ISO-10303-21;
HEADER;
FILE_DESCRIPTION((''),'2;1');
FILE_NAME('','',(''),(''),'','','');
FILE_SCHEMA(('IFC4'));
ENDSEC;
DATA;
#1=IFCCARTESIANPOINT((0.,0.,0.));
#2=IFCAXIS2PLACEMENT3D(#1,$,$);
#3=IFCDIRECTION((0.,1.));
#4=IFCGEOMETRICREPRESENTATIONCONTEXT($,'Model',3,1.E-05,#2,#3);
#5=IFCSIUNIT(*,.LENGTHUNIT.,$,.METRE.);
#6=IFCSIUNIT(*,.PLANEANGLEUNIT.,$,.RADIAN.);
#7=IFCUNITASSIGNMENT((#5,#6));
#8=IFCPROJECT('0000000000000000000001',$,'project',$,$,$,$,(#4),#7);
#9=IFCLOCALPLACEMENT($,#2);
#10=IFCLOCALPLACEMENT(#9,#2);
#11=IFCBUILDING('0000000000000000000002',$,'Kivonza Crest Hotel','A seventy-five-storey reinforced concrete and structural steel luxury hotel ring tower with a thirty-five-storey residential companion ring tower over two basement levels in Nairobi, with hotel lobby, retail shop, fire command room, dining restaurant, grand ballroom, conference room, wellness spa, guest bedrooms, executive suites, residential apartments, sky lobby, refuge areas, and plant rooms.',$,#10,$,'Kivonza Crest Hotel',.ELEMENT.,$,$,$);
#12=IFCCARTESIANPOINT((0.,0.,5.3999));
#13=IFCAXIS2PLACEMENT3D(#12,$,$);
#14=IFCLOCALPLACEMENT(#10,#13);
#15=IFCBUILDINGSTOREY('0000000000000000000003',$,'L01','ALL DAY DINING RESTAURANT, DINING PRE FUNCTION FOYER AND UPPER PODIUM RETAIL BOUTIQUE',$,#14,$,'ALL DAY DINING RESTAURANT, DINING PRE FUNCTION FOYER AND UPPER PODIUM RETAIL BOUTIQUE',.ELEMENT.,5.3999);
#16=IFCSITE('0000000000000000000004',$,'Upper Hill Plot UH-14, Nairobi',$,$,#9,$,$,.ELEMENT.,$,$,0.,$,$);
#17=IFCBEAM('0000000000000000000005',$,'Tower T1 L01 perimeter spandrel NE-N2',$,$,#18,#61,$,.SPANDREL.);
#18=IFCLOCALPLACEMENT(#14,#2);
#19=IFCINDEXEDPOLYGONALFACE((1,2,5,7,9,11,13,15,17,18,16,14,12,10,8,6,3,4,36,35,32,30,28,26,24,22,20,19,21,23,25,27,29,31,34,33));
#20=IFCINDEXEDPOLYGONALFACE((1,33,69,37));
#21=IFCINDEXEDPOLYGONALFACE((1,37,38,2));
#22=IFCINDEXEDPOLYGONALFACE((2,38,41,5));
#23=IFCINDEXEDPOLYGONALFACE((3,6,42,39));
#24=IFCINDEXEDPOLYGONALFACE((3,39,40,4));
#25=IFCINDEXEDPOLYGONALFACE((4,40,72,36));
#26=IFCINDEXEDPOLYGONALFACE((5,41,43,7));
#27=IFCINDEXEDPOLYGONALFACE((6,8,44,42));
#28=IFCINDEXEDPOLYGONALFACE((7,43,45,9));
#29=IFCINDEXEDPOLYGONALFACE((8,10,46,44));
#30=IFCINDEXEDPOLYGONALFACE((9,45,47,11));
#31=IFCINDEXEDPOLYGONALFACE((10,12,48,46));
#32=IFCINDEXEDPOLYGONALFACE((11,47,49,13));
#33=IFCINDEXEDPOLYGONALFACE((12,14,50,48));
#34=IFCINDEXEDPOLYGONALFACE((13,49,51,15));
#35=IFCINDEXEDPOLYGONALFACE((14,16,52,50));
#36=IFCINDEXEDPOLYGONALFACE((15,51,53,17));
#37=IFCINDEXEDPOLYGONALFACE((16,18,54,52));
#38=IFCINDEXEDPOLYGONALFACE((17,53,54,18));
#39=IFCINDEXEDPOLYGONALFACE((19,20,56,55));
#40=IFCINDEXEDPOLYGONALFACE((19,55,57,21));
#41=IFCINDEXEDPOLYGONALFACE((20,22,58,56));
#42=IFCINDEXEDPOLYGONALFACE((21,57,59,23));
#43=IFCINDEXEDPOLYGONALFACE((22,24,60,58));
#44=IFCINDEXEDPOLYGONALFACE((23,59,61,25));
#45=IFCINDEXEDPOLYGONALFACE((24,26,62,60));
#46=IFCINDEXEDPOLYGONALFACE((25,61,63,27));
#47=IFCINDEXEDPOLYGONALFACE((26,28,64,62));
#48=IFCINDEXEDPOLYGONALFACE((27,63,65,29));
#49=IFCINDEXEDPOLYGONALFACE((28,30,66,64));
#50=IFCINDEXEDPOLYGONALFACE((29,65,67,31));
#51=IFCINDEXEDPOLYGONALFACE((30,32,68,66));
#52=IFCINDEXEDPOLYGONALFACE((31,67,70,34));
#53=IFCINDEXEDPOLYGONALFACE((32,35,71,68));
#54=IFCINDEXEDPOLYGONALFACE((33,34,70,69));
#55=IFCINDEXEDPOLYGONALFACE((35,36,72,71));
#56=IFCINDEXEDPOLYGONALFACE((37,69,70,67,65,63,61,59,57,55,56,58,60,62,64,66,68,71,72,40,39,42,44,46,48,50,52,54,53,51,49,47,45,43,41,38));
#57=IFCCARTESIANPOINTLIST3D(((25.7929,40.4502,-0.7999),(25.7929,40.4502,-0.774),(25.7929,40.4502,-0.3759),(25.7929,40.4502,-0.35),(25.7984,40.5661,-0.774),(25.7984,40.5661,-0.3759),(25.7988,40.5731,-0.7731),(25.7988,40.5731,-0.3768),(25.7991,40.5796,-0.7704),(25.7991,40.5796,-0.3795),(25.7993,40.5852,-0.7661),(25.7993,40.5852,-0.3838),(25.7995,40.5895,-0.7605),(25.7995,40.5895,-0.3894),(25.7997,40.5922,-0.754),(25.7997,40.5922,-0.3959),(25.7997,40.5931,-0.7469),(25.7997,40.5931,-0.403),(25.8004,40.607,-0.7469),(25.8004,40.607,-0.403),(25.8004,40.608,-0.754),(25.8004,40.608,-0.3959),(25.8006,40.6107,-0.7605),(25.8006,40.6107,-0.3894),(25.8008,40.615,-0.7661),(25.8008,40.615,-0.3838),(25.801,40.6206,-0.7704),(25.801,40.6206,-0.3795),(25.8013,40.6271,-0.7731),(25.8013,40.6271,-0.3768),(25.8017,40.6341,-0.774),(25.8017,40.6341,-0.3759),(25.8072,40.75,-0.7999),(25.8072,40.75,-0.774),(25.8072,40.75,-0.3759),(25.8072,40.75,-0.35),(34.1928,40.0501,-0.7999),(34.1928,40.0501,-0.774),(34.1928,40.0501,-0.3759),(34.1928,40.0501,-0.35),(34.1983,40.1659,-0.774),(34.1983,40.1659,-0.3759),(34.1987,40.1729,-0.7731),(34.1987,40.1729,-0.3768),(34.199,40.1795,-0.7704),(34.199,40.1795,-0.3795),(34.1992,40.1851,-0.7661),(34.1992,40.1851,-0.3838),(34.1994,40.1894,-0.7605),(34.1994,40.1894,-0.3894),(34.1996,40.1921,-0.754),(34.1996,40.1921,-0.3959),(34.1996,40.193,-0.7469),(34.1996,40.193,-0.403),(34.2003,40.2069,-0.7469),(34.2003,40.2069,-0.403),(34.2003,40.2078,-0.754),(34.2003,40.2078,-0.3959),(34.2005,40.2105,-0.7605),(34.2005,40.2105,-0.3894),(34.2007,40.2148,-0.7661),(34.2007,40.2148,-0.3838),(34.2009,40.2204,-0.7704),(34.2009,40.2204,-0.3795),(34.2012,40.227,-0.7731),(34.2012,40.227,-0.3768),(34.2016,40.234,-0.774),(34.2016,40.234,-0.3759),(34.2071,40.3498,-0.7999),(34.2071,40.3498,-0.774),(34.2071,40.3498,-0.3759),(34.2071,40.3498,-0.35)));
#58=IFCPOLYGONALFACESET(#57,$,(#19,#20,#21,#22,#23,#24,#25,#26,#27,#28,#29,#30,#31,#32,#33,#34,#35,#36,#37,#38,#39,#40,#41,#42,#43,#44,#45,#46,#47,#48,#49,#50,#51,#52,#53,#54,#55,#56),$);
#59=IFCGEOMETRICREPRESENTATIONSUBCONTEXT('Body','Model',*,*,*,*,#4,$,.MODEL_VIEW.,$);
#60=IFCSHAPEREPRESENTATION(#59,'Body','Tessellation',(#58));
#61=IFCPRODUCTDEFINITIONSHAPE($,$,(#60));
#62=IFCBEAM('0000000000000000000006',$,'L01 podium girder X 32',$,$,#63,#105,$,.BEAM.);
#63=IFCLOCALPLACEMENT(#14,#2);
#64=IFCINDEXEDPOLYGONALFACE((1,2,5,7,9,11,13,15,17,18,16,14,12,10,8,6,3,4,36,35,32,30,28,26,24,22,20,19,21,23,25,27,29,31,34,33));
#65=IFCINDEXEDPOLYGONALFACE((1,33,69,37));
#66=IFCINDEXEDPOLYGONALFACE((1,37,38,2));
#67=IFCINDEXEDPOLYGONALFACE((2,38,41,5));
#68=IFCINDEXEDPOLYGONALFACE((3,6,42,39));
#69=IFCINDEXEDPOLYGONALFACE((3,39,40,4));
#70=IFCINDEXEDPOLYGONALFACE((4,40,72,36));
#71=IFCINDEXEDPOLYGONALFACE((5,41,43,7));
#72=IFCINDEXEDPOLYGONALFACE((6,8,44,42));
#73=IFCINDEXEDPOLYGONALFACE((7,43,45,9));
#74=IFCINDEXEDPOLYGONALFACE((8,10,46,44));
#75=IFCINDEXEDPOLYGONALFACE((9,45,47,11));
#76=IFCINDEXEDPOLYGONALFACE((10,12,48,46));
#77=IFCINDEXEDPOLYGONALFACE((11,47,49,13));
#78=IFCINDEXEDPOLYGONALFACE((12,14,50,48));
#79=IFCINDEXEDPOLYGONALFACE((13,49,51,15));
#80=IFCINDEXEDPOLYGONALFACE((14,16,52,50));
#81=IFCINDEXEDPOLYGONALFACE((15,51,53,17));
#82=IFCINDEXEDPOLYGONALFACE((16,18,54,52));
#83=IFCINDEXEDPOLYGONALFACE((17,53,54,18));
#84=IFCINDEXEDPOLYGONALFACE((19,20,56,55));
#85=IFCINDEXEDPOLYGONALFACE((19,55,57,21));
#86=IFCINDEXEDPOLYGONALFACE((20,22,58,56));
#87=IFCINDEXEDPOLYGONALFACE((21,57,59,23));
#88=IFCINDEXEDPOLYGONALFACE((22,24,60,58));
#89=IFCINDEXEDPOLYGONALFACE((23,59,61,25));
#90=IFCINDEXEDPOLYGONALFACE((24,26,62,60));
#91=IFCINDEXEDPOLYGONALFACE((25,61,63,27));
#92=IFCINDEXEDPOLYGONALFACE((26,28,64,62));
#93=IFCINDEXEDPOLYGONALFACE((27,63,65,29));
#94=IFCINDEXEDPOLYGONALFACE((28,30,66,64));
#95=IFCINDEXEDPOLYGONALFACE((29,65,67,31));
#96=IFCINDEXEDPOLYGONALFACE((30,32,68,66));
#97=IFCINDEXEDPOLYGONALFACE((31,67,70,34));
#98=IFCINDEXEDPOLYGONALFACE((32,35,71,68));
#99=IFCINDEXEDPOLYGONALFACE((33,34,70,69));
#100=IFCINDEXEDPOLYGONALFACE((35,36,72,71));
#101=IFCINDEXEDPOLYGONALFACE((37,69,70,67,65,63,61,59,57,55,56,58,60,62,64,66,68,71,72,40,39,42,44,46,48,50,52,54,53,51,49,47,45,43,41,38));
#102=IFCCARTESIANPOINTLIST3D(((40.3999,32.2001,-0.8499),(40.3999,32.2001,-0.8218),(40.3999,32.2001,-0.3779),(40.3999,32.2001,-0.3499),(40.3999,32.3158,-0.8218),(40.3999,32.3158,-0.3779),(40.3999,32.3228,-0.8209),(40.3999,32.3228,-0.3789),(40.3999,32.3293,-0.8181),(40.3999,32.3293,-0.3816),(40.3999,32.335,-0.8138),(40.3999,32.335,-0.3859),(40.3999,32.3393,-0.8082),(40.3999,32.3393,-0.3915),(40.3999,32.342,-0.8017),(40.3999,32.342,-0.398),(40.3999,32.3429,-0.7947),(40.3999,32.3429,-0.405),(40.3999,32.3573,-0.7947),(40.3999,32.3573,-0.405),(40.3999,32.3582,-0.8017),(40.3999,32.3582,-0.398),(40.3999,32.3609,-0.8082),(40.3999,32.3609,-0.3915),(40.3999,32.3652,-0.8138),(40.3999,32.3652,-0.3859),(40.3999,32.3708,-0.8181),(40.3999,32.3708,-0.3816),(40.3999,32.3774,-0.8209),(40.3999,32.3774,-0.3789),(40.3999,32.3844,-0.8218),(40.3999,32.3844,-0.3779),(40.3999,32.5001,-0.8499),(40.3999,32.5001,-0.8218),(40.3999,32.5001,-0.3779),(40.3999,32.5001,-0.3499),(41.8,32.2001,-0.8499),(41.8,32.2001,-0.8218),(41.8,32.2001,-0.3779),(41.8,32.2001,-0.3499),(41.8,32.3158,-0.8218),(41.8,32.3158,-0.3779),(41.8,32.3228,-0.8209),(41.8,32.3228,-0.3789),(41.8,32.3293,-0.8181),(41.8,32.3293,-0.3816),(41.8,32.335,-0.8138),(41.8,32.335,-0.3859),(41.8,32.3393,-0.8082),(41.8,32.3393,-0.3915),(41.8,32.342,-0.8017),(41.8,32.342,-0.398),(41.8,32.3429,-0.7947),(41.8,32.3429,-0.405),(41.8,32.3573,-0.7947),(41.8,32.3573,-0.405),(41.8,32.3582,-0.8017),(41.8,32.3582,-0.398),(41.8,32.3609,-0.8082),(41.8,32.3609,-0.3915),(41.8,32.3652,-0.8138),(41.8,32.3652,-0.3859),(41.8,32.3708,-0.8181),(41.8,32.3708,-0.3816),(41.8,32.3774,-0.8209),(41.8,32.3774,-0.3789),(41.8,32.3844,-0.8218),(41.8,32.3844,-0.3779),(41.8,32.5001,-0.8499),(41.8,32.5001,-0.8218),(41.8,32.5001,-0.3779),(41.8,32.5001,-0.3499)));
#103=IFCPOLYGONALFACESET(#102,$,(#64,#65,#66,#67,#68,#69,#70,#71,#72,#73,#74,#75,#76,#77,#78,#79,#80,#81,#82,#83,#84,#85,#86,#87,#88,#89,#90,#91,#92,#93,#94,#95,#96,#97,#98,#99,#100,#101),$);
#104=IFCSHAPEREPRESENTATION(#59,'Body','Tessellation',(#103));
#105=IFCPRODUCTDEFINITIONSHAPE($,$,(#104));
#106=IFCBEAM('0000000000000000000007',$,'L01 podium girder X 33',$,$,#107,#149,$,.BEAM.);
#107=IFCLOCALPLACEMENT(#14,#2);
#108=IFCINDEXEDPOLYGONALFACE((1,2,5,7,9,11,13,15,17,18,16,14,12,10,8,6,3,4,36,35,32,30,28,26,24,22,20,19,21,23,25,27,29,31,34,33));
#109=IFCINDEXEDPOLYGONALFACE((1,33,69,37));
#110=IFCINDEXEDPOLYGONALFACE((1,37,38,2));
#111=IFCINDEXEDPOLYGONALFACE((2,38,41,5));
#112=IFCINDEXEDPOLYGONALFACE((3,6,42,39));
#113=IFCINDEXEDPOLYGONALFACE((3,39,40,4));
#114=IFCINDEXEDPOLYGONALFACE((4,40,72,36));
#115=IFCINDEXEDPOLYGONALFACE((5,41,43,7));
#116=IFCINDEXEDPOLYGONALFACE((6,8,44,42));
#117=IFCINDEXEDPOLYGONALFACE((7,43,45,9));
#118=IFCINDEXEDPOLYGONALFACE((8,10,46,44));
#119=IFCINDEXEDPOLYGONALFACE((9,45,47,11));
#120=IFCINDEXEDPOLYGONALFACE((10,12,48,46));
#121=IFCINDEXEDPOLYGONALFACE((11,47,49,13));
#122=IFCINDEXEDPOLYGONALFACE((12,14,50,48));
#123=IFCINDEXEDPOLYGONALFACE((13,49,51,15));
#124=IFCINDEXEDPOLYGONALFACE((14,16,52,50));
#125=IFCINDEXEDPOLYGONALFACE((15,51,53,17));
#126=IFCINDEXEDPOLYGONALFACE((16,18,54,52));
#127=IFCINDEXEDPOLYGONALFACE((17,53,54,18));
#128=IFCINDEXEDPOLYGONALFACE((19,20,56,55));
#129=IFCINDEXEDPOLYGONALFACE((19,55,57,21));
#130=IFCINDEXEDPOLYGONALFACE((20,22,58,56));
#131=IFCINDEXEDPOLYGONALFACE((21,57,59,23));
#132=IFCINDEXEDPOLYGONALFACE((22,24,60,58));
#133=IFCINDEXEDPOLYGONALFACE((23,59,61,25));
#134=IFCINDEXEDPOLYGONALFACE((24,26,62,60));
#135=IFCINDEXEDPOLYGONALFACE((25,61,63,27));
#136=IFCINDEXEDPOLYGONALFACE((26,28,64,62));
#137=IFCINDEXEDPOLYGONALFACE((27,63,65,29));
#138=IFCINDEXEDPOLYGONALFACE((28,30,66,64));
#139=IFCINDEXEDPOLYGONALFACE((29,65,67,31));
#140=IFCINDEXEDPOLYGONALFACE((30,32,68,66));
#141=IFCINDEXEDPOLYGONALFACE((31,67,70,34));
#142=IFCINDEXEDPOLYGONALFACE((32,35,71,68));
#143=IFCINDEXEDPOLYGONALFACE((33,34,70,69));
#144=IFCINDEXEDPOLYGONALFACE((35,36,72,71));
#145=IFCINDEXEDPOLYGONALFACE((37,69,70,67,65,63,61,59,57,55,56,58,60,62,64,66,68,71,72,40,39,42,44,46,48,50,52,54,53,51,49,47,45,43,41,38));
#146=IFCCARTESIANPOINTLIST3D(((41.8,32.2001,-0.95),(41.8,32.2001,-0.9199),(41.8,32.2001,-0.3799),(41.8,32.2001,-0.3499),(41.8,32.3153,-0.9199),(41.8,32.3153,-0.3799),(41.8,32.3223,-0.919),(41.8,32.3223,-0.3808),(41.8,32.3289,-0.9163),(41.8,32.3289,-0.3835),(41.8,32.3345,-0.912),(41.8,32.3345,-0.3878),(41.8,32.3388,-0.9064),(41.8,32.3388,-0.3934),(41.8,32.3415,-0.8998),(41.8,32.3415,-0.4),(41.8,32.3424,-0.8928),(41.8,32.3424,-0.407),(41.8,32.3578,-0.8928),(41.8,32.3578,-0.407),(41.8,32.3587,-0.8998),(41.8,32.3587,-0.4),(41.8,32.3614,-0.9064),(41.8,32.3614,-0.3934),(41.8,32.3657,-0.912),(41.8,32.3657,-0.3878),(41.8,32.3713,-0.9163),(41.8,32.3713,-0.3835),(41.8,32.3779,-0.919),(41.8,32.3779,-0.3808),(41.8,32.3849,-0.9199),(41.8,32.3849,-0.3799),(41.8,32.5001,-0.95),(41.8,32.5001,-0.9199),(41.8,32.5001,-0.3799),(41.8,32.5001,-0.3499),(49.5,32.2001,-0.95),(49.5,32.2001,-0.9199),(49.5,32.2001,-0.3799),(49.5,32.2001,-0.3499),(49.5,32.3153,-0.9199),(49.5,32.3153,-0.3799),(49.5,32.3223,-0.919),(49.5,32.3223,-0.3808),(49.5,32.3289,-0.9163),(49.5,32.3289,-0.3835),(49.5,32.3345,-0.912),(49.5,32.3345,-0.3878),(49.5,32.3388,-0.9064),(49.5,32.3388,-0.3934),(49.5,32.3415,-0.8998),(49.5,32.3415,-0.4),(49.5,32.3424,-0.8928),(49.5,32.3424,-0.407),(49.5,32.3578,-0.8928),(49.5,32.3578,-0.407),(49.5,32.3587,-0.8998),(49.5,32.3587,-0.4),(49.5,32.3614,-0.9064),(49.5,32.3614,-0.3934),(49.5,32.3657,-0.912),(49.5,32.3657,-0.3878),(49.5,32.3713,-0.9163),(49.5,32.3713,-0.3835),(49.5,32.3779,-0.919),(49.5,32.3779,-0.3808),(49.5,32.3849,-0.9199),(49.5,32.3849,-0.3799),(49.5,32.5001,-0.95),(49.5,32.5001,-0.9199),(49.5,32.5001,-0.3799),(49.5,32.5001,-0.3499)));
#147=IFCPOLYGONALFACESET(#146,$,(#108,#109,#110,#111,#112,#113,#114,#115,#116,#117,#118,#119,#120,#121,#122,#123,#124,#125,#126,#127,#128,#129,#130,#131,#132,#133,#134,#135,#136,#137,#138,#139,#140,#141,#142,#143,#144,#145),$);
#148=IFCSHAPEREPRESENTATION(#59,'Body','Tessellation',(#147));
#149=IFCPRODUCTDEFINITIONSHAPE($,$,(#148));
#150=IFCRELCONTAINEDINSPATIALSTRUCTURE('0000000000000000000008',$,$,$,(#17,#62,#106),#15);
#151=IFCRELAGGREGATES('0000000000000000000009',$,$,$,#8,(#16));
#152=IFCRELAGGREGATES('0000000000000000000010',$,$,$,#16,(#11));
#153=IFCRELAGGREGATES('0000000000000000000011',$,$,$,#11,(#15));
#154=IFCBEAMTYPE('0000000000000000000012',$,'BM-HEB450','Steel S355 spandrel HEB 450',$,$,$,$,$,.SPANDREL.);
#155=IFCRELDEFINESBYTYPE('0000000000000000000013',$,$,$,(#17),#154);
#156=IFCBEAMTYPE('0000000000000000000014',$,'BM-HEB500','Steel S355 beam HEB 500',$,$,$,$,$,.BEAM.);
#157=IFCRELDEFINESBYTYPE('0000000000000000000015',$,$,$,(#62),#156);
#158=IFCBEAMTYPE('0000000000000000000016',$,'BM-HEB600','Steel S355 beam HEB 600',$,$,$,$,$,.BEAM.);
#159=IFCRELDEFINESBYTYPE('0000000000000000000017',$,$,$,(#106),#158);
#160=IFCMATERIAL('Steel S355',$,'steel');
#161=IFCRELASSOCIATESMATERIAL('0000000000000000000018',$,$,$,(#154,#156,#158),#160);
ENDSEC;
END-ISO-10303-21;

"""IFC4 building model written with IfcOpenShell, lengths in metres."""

from ifc_helpers import new_model, si_unit, direction, frame, origin, origin_2d, place, context, subcontext, project, spatial, i_section, extrude, material, material_profile, profile_set, type_object, element, save


model = new_model("IFC4")

# Units and contexts
model_context = context("Model", 3, precision=1e-05, world=origin(), true_north=direction((0.0, 1.0)))
body_context = subcontext(model_context, "Body", "Model", "MODEL_VIEW")
ifc_project = project(units=[si_unit("LENGTHUNIT", "METRE"), si_unit("PLANEANGLEUNIT", "RADIAN")], contexts=[model_context])

# Site, building, storey
site_placement = place(None, origin())
site = spatial("IfcSite", under=ifc_project, at=site_placement, Name="Upper Hill Plot UH-14, Nairobi", CompositionType="ELEMENT", RefElevation=0.0)
building_placement = place(site_placement, origin())
building = spatial("IfcBuilding", under=site, at=building_placement, Name="Kivonza Crest Hotel", Description="A seventy-five-storey reinforced concrete and structural steel luxury hotel ring tower with a thirty-five-storey residential companion ring tower over two basement levels in Nairobi, with hotel lobby, retail shop, fire command room, dining restaurant, grand ballroom, conference room, wellness spa, guest bedrooms, executive suites, residential apartments, sky lobby, refuge areas, and plant rooms.", LongName="Kivonza Crest Hotel", CompositionType="ELEMENT")
storey_placement = place(building_placement, frame((0.0, 0.0, 5.3999)))
storey = spatial("IfcBuildingStorey", under=building, at=storey_placement, Name="L01", Description="ALL DAY DINING RESTAURANT, DINING PRE FUNCTION FOYER AND UPPER PODIUM RETAIL BOUTIQUE", LongName="ALL DAY DINING RESTAURANT, DINING PRE FUNCTION FOYER AND UPPER PODIUM RETAIL BOUTIQUE", CompositionType="ELEMENT", Elevation=5.3999)

# Beams
ifc_material_1 = material(Name="Steel S355", Category="steel")
ifc_material_profile_1 = material_profile(ifc_material_1, i_section(OverallWidth=0.3, OverallDepth=0.45, WebThickness=0.0139, FlangeThickness=0.0259, FilletRadius=0.0271, at=origin_2d()), Name="HEB 450")
ifc_profile_set_1 = profile_set([ifc_material_profile_1], Name="Steel S355")
beam_type_1 = type_object("IfcBeamType", Name="BM-HEB450", Description="Steel S355 spandrel HEB 450", PredefinedType="SPANDREL", material=ifc_profile_set_1)
beam_1_placement = place(storey_placement, frame((34.2, 40.2, -0.575), z_axis=(-0.998867, 0.047583, 0.0), x_axis=(-0.047583, -0.998867, 0.0)))
element("IfcBeam", 1, at=beam_1_placement, inside=storey, type_object=beam_type_1, Name="Tower T1 L01 perimeter spandrel NE-N2", PredefinedType="SPANDREL", context=body_context, shape_type="SweptSolid", body=[
    extrude(i_section(OverallWidth=0.3, OverallDepth=0.45, WebThickness=0.0139, FlangeThickness=0.0259, FilletRadius=0.0271, at=origin_2d()), origin(), (0.0, 0.0, 1.0), 8.4094),
])
ifc_material_profile_2 = material_profile(ifc_material_1, i_section(OverallWidth=0.3, OverallDepth=0.5, WebThickness=0.0144, FlangeThickness=0.0281, FilletRadius=0.0271, at=origin_2d()), Name="HEB 500")
ifc_profile_set_2 = profile_set([ifc_material_profile_2], Name="Steel S355")
beam_type_2 = type_object("IfcBeamType", Name="BM-HEB500", Description="Steel S355 beam HEB 500", PredefinedType="BEAM", material=ifc_profile_set_2)
beam_2_placement = place(storey_placement, frame((40.3999, 32.3501, -0.5999), z_axis=(1.0, 0.0, 0.0), x_axis=(0.0, 1.0, 0.0)))
element("IfcBeam", 2, at=beam_2_placement, inside=storey, type_object=beam_type_2, Name="L01 podium girder X 32", PredefinedType="BEAM", context=body_context, shape_type="SweptSolid", body=[
    extrude(i_section(OverallWidth=0.3, OverallDepth=0.5, WebThickness=0.0144, FlangeThickness=0.0281, FilletRadius=0.0271, at=origin_2d()), origin(), (0.0, 0.0, 1.0), 1.4001),
])
ifc_material_profile_3 = material_profile(ifc_material_1, i_section(OverallWidth=0.3, OverallDepth=0.6001, WebThickness=0.0154, FlangeThickness=0.03, FilletRadius=0.0271, at=origin_2d()), Name="HEB 600")
ifc_profile_set_3 = profile_set([ifc_material_profile_3], Name="Steel S355")
beam_type_3 = type_object("IfcBeamType", Name="BM-HEB600", Description="Steel S355 beam HEB 600", PredefinedType="BEAM", material=ifc_profile_set_3)
beam_3_placement = place(storey_placement, frame((41.8, 32.3501, -0.6499), z_axis=(1.0, 0.0, 0.0), x_axis=(0.0, 1.0, 0.0)))
element("IfcBeam", 3, at=beam_3_placement, inside=storey, type_object=beam_type_3, Name="L01 podium girder X 33", PredefinedType="BEAM", context=body_context, shape_type="SweptSolid", body=[
    extrude(i_section(OverallWidth=0.3, OverallDepth=0.6001, WebThickness=0.0154, FlangeThickness=0.03, FilletRadius=0.0271, at=origin_2d()), origin(), (0.0, 0.0, 1.0), 7.7),
])

save(model, "model.ifc")
